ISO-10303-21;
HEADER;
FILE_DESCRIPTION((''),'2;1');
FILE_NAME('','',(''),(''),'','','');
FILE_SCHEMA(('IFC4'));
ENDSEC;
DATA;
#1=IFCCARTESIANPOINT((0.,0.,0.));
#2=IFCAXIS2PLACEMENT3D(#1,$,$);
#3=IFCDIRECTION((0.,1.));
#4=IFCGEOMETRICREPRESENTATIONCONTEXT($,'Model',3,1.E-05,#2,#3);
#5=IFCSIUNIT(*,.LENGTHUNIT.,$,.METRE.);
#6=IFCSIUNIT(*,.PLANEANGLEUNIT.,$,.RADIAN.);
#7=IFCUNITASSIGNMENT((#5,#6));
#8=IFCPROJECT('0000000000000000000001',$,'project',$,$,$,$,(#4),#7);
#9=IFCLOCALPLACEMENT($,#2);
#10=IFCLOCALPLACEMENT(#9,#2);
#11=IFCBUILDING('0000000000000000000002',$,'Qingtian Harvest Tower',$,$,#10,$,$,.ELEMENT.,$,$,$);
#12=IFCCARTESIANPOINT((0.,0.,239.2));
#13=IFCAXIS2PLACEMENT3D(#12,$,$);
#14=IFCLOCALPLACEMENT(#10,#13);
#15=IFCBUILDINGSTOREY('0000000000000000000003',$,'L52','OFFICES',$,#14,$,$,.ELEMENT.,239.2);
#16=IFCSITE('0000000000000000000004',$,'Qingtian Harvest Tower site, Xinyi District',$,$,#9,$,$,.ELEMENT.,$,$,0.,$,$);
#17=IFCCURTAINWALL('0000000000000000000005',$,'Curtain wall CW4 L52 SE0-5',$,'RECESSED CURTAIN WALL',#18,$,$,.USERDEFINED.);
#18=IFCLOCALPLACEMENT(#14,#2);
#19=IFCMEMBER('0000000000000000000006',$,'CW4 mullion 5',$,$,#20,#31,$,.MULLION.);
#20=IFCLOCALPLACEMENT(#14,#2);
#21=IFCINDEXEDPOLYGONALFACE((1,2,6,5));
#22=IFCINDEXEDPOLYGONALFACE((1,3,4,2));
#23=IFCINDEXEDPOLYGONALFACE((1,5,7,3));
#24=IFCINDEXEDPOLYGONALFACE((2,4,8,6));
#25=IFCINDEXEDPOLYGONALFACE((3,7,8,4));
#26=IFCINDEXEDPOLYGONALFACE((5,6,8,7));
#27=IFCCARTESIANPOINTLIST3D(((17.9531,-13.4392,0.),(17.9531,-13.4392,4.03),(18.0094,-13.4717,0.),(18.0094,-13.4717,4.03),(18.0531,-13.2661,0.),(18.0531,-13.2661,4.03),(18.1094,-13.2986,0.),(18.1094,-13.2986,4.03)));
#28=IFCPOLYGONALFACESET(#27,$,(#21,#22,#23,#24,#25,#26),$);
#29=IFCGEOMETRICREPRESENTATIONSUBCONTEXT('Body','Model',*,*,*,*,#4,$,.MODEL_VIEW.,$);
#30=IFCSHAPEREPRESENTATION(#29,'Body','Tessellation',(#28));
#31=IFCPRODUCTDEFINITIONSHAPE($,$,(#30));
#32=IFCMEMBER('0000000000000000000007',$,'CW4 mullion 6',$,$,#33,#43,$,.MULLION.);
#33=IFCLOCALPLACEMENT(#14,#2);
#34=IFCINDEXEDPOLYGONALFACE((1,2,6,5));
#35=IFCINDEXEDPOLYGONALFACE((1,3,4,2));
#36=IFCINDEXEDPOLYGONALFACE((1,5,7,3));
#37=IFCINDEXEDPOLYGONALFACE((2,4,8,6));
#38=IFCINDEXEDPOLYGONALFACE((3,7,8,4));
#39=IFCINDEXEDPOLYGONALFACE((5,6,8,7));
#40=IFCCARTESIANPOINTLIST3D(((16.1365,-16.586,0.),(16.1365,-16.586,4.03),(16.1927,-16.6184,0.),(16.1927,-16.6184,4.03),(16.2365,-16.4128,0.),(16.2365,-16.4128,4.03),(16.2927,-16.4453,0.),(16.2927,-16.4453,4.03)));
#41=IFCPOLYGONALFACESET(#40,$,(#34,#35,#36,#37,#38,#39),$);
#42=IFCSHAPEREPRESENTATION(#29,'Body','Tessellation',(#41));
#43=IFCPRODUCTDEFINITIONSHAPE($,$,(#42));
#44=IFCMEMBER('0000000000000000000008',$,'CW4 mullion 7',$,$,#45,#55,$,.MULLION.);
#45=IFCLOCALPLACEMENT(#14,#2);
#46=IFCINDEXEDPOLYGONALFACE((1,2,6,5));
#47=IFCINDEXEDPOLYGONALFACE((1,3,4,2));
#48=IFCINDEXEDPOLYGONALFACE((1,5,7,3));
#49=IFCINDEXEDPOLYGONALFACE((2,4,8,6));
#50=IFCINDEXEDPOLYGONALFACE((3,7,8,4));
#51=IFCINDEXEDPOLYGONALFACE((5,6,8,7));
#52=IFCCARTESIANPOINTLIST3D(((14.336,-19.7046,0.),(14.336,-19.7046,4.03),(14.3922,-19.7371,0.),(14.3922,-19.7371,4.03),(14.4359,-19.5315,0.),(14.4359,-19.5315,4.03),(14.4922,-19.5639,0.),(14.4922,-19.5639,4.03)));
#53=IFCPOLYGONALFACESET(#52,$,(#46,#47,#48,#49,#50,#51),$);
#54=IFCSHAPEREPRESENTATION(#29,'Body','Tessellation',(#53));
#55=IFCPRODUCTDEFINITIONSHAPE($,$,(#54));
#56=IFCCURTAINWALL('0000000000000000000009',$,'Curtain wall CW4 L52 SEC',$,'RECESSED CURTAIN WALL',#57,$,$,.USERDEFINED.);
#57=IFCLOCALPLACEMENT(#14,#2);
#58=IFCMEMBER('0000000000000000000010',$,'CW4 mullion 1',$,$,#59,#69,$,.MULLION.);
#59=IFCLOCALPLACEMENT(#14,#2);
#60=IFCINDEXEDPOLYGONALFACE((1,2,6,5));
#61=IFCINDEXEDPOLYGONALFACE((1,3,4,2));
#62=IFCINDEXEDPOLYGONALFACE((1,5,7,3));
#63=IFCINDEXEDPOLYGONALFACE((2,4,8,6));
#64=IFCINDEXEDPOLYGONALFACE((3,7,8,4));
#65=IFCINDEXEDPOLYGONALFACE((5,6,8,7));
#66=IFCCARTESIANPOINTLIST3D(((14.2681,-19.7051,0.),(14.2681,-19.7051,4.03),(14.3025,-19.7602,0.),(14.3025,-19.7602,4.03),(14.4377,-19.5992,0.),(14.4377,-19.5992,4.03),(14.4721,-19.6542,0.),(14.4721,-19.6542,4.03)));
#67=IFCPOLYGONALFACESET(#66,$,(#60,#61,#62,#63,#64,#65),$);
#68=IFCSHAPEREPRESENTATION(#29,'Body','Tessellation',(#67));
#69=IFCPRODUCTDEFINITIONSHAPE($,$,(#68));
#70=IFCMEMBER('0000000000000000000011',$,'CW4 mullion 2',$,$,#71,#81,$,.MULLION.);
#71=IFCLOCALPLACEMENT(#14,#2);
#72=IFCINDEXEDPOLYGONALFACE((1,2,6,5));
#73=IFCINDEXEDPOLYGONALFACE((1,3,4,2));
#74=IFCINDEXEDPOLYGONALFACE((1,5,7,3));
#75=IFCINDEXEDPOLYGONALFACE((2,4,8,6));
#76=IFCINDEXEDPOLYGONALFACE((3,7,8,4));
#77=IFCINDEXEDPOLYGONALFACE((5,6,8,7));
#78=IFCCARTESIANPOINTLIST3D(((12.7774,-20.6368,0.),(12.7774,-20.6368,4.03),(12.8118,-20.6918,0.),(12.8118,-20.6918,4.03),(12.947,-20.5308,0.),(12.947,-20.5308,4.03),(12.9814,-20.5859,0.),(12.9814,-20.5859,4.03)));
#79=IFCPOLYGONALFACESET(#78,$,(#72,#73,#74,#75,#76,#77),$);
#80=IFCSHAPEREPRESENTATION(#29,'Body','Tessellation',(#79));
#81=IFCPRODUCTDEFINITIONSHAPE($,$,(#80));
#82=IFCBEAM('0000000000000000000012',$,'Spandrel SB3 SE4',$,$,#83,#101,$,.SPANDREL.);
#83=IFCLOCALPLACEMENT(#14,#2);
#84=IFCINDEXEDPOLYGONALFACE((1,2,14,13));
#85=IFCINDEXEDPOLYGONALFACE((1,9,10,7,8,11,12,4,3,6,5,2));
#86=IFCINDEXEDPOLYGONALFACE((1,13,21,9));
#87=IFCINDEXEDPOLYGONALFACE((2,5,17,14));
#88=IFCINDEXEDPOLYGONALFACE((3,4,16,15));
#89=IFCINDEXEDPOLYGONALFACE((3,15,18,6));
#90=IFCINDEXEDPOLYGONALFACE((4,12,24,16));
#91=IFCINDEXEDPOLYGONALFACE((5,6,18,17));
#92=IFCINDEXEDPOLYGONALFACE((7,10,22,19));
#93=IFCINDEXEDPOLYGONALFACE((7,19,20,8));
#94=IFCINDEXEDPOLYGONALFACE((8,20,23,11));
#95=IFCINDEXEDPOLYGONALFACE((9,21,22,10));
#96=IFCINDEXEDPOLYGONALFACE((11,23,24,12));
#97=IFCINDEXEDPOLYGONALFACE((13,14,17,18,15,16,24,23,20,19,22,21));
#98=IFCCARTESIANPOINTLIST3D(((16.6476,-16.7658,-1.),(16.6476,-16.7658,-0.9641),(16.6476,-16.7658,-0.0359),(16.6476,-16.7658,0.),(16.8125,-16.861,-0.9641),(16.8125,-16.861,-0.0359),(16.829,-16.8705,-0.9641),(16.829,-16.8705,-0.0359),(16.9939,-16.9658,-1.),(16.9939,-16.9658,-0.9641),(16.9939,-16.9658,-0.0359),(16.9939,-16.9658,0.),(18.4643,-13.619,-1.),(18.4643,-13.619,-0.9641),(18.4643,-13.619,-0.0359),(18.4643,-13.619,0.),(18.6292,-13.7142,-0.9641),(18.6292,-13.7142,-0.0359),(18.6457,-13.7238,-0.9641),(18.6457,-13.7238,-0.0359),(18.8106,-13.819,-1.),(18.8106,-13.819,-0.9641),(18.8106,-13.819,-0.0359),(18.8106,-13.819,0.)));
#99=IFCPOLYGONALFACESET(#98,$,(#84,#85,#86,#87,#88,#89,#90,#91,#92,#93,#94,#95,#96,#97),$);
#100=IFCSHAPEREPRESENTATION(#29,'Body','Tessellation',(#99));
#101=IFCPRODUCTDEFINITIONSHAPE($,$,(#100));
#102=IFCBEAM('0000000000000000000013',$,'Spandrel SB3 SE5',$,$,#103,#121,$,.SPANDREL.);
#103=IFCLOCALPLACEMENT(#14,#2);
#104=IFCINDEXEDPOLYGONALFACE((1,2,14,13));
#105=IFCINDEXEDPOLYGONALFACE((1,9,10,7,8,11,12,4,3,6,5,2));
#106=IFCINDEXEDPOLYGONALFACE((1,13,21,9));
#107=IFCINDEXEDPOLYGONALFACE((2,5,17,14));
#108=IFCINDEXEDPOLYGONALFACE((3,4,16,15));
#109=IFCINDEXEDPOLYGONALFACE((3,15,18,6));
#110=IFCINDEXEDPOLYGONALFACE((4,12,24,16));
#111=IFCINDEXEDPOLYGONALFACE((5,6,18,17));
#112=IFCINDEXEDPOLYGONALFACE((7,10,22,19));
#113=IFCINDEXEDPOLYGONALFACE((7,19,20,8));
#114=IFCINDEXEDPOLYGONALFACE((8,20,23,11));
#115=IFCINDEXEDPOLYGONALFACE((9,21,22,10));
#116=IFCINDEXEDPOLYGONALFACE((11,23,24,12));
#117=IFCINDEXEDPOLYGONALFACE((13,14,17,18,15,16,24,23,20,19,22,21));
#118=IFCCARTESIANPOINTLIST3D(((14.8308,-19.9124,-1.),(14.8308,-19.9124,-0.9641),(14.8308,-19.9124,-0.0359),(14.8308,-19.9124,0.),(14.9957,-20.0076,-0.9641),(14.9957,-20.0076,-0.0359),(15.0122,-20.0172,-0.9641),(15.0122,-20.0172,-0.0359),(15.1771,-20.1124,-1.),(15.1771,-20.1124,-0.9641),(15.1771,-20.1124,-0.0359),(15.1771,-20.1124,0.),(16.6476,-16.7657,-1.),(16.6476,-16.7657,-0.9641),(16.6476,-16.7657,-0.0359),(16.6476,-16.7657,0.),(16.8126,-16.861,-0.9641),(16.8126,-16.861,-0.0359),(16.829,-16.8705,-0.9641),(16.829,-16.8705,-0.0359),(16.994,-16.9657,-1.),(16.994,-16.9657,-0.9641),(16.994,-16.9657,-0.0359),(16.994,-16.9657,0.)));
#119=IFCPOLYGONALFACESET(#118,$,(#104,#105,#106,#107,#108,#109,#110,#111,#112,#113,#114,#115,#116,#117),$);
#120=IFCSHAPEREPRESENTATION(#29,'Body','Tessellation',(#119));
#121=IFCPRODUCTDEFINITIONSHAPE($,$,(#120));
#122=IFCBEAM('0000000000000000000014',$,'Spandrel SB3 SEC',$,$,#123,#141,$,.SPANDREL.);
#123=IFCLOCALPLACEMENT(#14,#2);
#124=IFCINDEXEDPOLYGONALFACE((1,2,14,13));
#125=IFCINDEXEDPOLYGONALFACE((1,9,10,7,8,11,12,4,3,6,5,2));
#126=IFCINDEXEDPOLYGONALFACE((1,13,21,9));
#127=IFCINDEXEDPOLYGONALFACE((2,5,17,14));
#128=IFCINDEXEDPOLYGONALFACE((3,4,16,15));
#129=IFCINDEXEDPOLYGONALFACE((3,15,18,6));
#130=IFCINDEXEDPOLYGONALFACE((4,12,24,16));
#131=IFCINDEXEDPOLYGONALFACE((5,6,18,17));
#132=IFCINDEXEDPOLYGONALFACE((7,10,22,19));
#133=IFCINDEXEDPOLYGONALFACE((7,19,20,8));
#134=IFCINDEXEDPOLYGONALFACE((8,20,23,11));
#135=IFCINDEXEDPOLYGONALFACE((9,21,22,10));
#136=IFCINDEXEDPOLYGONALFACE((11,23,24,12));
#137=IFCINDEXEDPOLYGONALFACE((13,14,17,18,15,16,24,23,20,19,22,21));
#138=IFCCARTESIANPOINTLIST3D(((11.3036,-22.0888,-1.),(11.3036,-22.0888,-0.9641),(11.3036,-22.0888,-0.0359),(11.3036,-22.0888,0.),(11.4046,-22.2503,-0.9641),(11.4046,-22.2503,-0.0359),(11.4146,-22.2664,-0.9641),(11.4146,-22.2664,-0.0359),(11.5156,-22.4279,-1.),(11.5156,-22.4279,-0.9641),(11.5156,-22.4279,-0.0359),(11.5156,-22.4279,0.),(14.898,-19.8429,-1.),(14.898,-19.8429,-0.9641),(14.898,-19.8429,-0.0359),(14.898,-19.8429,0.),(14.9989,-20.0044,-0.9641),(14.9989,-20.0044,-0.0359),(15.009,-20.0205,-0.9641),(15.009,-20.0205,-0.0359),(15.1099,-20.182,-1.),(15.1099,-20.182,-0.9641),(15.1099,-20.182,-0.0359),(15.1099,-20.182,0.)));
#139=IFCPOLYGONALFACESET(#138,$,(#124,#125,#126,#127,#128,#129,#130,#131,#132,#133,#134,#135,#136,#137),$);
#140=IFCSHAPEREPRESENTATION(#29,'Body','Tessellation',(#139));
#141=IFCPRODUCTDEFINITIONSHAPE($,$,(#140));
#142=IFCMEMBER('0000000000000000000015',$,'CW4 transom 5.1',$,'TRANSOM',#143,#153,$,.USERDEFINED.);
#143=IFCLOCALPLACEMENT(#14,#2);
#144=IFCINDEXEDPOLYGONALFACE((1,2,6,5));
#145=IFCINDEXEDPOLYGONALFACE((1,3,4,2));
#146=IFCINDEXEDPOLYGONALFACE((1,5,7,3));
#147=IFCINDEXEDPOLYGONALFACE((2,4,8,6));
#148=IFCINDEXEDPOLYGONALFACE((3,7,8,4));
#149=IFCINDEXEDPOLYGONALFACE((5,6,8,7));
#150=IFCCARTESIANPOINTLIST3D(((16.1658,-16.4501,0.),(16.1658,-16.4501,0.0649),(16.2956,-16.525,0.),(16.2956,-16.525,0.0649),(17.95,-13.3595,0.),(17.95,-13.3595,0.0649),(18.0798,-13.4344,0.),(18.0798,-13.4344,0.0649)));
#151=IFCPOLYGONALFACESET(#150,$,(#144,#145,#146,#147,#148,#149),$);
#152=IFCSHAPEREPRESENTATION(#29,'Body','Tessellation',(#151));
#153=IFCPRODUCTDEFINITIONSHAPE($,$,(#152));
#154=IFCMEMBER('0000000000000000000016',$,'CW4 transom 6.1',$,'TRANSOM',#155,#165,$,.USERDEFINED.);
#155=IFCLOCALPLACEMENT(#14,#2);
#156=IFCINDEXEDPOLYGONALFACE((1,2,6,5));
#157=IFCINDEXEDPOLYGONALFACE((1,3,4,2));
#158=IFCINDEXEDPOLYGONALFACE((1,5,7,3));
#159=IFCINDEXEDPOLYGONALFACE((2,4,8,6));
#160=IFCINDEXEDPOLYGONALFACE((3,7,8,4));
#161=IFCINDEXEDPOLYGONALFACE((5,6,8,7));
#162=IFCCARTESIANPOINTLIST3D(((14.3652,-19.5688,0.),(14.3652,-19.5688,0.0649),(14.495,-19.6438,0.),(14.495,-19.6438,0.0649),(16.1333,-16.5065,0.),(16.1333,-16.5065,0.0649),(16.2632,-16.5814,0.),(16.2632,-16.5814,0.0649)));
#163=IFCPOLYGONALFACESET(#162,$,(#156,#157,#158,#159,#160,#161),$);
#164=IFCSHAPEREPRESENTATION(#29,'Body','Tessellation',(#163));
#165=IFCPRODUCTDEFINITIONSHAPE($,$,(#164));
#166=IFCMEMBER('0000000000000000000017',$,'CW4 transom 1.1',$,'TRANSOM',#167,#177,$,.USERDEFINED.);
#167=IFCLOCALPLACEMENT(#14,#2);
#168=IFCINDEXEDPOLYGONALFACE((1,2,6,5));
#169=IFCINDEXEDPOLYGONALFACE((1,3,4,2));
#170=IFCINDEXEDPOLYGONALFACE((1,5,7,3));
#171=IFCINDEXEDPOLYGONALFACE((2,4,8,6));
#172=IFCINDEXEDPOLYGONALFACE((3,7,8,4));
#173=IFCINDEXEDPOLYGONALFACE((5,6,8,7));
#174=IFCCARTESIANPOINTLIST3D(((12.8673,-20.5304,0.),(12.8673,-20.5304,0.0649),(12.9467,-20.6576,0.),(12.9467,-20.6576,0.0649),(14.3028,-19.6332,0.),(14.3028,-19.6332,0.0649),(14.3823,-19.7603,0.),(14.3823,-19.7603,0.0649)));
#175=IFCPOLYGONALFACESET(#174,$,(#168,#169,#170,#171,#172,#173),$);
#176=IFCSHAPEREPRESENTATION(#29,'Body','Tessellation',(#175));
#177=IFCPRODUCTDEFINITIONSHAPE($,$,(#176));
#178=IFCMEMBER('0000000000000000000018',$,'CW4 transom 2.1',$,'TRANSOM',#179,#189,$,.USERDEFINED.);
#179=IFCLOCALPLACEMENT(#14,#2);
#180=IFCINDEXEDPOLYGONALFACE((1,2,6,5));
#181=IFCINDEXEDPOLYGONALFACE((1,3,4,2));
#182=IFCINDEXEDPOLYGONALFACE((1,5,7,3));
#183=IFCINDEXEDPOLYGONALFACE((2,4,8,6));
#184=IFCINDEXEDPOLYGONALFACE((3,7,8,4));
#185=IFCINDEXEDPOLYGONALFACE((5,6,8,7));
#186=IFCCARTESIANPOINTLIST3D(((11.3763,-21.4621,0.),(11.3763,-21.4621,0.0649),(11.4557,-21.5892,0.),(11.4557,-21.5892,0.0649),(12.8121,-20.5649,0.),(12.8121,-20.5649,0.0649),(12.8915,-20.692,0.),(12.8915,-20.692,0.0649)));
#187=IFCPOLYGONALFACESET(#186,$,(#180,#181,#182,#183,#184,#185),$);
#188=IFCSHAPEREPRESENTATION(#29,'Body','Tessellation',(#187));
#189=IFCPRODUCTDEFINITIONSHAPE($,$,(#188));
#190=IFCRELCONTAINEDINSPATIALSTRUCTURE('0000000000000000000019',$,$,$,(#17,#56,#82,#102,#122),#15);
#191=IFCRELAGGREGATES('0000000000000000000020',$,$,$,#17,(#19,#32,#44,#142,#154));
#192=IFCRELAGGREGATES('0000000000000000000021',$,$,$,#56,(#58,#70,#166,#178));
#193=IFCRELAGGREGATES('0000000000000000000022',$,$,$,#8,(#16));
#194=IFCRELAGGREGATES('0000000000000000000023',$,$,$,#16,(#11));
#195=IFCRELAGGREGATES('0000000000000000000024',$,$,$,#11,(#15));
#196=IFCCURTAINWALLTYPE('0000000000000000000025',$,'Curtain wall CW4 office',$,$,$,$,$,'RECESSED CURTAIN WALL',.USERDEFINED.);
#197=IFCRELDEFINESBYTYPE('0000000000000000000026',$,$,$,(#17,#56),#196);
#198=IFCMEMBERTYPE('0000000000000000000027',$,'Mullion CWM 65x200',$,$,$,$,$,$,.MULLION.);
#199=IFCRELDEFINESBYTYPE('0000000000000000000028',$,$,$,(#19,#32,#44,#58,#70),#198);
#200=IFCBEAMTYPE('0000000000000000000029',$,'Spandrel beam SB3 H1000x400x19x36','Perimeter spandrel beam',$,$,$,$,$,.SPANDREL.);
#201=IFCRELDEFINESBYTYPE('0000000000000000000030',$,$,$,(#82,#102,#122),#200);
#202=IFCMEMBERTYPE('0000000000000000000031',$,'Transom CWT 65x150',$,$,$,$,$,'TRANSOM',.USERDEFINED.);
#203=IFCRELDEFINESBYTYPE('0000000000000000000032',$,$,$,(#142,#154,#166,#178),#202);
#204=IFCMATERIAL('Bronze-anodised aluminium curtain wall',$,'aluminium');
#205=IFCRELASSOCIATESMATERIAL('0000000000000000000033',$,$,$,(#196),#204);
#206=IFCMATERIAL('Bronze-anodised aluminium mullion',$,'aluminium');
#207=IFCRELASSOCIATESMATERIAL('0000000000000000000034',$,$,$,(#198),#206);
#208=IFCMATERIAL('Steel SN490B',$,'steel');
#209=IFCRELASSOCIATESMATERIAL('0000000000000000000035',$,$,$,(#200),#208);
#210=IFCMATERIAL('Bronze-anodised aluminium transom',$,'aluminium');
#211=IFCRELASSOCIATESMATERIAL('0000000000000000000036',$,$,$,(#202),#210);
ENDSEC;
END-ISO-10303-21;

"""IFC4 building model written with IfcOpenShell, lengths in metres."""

from ifc_helpers import new_model, si_unit, direction, frame, origin, origin_2d, place, context, subcontext, project, spatial, rectangle, i_section, extrude, material, material_profile, profile_set, type_object, element, aggregate, save


model = new_model("IFC4")

# Units and contexts
model_context = context("Model", 3, precision=1e-05, world=origin(), true_north=direction((0.0, 1.0)))
body_context = subcontext(model_context, "Body", "Model", "MODEL_VIEW")
ifc_project = project(units=[si_unit("LENGTHUNIT", "METRE"), si_unit("PLANEANGLEUNIT", "RADIAN")], contexts=[model_context])

# Site, building, storey
site_placement = place(None, origin())
site = spatial("IfcSite", under=ifc_project, at=site_placement, Name="Qingtian Harvest Tower site, Xinyi District", CompositionType="ELEMENT", RefElevation=0.0)
building_placement = place(site_placement, origin())
building = spatial("IfcBuilding", under=site, at=building_placement, Name="Qingtian Harvest Tower", CompositionType="ELEMENT")
storey_placement = place(building_placement, frame((0.0, 0.0, 239.2)))
storey = spatial("IfcBuildingStorey", under=building, at=storey_placement, Name="L52", Description="OFFICES", CompositionType="ELEMENT", Elevation=239.2)

# Curtain walls, members
ifc_material_1 = material(Name="Bronze-anodised aluminium curtain wall", Category="aluminium")
curtain_wall_type = type_object("IfcCurtainWallType", Name="Curtain wall CW4 office", ElementType="RECESSED CURTAIN WALL", PredefinedType="USERDEFINED", material=ifc_material_1)
curtain_wall_1_placement = place(storey_placement, origin())
curtain_wall_1 = element("IfcCurtainWall", 1, at=curtain_wall_1_placement, inside=storey, type_object=curtain_wall_type, Name="Curtain wall CW4 L52 SE0-5", ObjectType="RECESSED CURTAIN WALL", PredefinedType="USERDEFINED")
ifc_material_2 = material(Name="Bronze-anodised aluminium mullion", Category="aluminium")
ifc_material_profile_1 = material_profile(ifc_material_2, rectangle(XDim=0.0649, YDim=0.2, at=origin_2d()), Name="AL 65x200")
ifc_profile_set_1 = profile_set([ifc_material_profile_1], Name="Bronze-anodised aluminium mullion")
member_type_1 = type_object("IfcMemberType", Name="Mullion CWM 65x200", PredefinedType="MULLION", material=ifc_profile_set_1)
member_1_placement = place(storey_placement, frame((18.0312, -13.3689, 0.0), z_axis=(0.0, 0.0, 1.0), x_axis=(0.866025, -0.5, 0.0)))
member_1 = element("IfcMember", 2, at=member_1_placement, type_object=member_type_1, Name="CW4 mullion 5", PredefinedType="MULLION", context=body_context, shape_type="SweptSolid", body=[
    extrude(rectangle(XDim=0.0649, YDim=0.2, at=origin_2d()), origin(), (0.0, 0.0, 1.0), 4.03),
])
member_2_placement = place(storey_placement, frame((16.2146, -16.5156, 0.0), z_axis=(0.0, 0.0, 1.0), x_axis=(0.866025, -0.5, 0.0)))
member_2 = element("IfcMember", 3, at=member_2_placement, type_object=member_type_1, Name="CW4 mullion 6", PredefinedType="MULLION", context=body_context, shape_type="SweptSolid", body=[
    extrude(rectangle(XDim=0.0649, YDim=0.2, at=origin_2d()), origin(), (0.0, 0.0, 1.0), 4.03),
])
member_3_placement = place(storey_placement, frame((14.4141, -19.6343, 0.0), z_axis=(0.0, 0.0, 1.0), x_axis=(0.866025, -0.5, 0.0)))
member_3 = element("IfcMember", 4, at=member_3_placement, type_object=member_type_1, Name="CW4 mullion 7", PredefinedType="MULLION", context=body_context, shape_type="SweptSolid", body=[
    extrude(rectangle(XDim=0.0649, YDim=0.2, at=origin_2d()), origin(), (0.0, 0.0, 1.0), 4.03),
])
curtain_wall_2_placement = place(storey_placement, origin())
curtain_wall_2 = element("IfcCurtainWall", 5, at=curtain_wall_2_placement, inside=storey, type_object=curtain_wall_type, Name="Curtain wall CW4 L52 SEC", ObjectType="RECESSED CURTAIN WALL", PredefinedType="USERDEFINED")
member_4_placement = place(storey_placement, frame((14.3701, -19.6797, 0.0), z_axis=(0.0, 0.0, 1.0), x_axis=(0.529919, -0.848048, 0.0)))
member_4 = element("IfcMember", 6, at=member_4_placement, type_object=member_type_1, Name="CW4 mullion 1", PredefinedType="MULLION", context=body_context, shape_type="SweptSolid", body=[
    extrude(rectangle(XDim=0.0649, YDim=0.2, at=origin_2d()), origin(), (0.0, 0.0, 1.0), 4.03),
])
member_5_placement = place(storey_placement, frame((12.8794, -20.6113, 0.0), z_axis=(0.0, 0.0, 1.0), x_axis=(0.529919, -0.848048, 0.0)))
member_5 = element("IfcMember", 7, at=member_5_placement, type_object=member_type_1, Name="CW4 mullion 2", PredefinedType="MULLION", context=body_context, shape_type="SweptSolid", body=[
    extrude(rectangle(XDim=0.0649, YDim=0.2, at=origin_2d()), origin(), (0.0, 0.0, 1.0), 4.03),
])

# Beams
ifc_material_3 = material(Name="Steel SN490B", Category="steel")
ifc_material_profile_2 = material_profile(ifc_material_3, i_section(OverallWidth=0.3999, OverallDepth=1.0, WebThickness=0.019, FlangeThickness=0.0359, at=origin_2d()), Name="H1000x400x19x36")
ifc_profile_set_2 = profile_set([ifc_material_profile_2], Name="Steel SN490B")
beam_type_1 = type_object("IfcBeamType", Name="Spandrel beam SB3 H1000x400x19x36", Description="Perimeter spandrel beam", PredefinedType="SPANDREL", material=ifc_profile_set_2)
for number, where, z_axis, x_axis, name in (
    (8, (18.6375, -13.719, -0.5), (-0.499976, -0.866039, 0.0), (0.866039, -0.499976, 0.0), "Spandrel SB3 SE4"),
    (9, (16.8208, -16.8657, -0.5), (-0.500027, -0.86601, 0.0), (0.86601, -0.500027, 0.0), "Spandrel SB3 SE5"),
):
    element("IfcBeam", number, at=place(storey_placement, frame(where, z_axis=z_axis, x_axis=x_axis)), inside=storey, type_object=beam_type_1, Name=name, PredefinedType="SPANDREL", context=body_context, shape_type="SweptSolid", body=[
        extrude(i_section(OverallWidth=0.3999, OverallDepth=1.0, WebThickness=0.019, FlangeThickness=0.0359, at=origin_2d()), origin(), (0.0, 0.0, 1.0), 3.6335),
    ])
beam_1_placement = place(storey_placement, frame((15.0039, -20.0125, -0.5), z_axis=(-0.848057, -0.529906, 0.0), x_axis=(0.529906, -0.848057, 0.0)))
element("IfcBeam", 10, at=beam_1_placement, inside=storey, type_object=beam_type_1, Name="Spandrel SB3 SEC", PredefinedType="SPANDREL", context=body_context, shape_type="SweptSolid", body=[
    extrude(i_section(OverallWidth=0.3999, OverallDepth=1.0, WebThickness=0.019, FlangeThickness=0.0359, at=origin_2d()), origin(), (0.0, 0.0, 1.0), 4.2383),
])

# Members
ifc_material_4 = material(Name="Bronze-anodised aluminium transom", Category="aluminium")
ifc_material_profile_3 = material_profile(ifc_material_4, rectangle(XDim=0.1499, YDim=0.0649, at=origin_2d()), Name="AL 65x150")
ifc_profile_set_3 = profile_set([ifc_material_profile_3], Name="Bronze-anodised aluminium transom")
member_type_2 = type_object("IfcMemberType", Name="Transom CWT 65x150", ElementType="TRANSOM", PredefinedType="USERDEFINED", material=ifc_profile_set_3)
member_6_placement = place(storey_placement, frame((18.0149, -13.397, 0.0325), z_axis=(-0.499965, -0.866045, 0.0), x_axis=(0.866045, -0.499965, 0.0)))
member_6 = element("IfcMember", 11, at=member_6_placement, type_object=member_type_2, Name="CW4 transom 5.1", ObjectType="TRANSOM", PredefinedType="USERDEFINED", context=body_context, shape_type="SweptSolid", body=[
    extrude(rectangle(XDim=0.1499, YDim=0.0649, at=origin_2d()), origin(), (0.0, 0.0, 1.0), 3.5686),
])
member_7_placement = place(storey_placement, frame((16.1982, -16.5439, 0.0325), z_axis=(-0.500015, -0.866017, 0.0), x_axis=(0.866017, -0.500015, 0.0)))
member_7 = element("IfcMember", 12, at=member_7_placement, type_object=member_type_2, Name="CW4 transom 6.1", ObjectType="TRANSOM", PredefinedType="USERDEFINED", context=body_context, shape_type="SweptSolid", body=[
    extrude(rectangle(XDim=0.1499, YDim=0.0649, at=origin_2d()), origin(), (0.0, 0.0, 1.0), 3.5361),
])
member_8_placement = place(storey_placement, frame((14.3425, -19.6968, 0.0325), z_axis=(-0.847998, -0.529999, 0.0), x_axis=(0.529999, -0.847998, 0.0)))
member_8 = element("IfcMember", 13, at=member_8_placement, type_object=member_type_2, Name="CW4 transom 1.1", ObjectType="TRANSOM", PredefinedType="USERDEFINED", context=body_context, shape_type="SweptSolid", body=[
    extrude(rectangle(XDim=0.1499, YDim=0.0649, at=origin_2d()), origin(), (0.0, 0.0, 1.0), 1.6929),
])
member_9_placement = place(storey_placement, frame((12.8518, -20.6284, 0.0325), z_axis=(-0.848039, -0.529934, 0.0), x_axis=(0.529934, -0.848039, 0.0)))
member_9 = element("IfcMember", 14, at=member_9_placement, type_object=member_type_2, Name="CW4 transom 2.1", ObjectType="TRANSOM", PredefinedType="USERDEFINED", context=body_context, shape_type="SweptSolid", body=[
    extrude(rectangle(XDim=0.1499, YDim=0.0649, at=origin_2d()), origin(), (0.0, 0.0, 1.0), 1.6931),
])

aggregate(curtain_wall_1, [member_1, member_2, member_3, member_6, member_7])
aggregate(curtain_wall_2, [member_4, member_5, member_8, member_9])

save(model, "model.ifc")
